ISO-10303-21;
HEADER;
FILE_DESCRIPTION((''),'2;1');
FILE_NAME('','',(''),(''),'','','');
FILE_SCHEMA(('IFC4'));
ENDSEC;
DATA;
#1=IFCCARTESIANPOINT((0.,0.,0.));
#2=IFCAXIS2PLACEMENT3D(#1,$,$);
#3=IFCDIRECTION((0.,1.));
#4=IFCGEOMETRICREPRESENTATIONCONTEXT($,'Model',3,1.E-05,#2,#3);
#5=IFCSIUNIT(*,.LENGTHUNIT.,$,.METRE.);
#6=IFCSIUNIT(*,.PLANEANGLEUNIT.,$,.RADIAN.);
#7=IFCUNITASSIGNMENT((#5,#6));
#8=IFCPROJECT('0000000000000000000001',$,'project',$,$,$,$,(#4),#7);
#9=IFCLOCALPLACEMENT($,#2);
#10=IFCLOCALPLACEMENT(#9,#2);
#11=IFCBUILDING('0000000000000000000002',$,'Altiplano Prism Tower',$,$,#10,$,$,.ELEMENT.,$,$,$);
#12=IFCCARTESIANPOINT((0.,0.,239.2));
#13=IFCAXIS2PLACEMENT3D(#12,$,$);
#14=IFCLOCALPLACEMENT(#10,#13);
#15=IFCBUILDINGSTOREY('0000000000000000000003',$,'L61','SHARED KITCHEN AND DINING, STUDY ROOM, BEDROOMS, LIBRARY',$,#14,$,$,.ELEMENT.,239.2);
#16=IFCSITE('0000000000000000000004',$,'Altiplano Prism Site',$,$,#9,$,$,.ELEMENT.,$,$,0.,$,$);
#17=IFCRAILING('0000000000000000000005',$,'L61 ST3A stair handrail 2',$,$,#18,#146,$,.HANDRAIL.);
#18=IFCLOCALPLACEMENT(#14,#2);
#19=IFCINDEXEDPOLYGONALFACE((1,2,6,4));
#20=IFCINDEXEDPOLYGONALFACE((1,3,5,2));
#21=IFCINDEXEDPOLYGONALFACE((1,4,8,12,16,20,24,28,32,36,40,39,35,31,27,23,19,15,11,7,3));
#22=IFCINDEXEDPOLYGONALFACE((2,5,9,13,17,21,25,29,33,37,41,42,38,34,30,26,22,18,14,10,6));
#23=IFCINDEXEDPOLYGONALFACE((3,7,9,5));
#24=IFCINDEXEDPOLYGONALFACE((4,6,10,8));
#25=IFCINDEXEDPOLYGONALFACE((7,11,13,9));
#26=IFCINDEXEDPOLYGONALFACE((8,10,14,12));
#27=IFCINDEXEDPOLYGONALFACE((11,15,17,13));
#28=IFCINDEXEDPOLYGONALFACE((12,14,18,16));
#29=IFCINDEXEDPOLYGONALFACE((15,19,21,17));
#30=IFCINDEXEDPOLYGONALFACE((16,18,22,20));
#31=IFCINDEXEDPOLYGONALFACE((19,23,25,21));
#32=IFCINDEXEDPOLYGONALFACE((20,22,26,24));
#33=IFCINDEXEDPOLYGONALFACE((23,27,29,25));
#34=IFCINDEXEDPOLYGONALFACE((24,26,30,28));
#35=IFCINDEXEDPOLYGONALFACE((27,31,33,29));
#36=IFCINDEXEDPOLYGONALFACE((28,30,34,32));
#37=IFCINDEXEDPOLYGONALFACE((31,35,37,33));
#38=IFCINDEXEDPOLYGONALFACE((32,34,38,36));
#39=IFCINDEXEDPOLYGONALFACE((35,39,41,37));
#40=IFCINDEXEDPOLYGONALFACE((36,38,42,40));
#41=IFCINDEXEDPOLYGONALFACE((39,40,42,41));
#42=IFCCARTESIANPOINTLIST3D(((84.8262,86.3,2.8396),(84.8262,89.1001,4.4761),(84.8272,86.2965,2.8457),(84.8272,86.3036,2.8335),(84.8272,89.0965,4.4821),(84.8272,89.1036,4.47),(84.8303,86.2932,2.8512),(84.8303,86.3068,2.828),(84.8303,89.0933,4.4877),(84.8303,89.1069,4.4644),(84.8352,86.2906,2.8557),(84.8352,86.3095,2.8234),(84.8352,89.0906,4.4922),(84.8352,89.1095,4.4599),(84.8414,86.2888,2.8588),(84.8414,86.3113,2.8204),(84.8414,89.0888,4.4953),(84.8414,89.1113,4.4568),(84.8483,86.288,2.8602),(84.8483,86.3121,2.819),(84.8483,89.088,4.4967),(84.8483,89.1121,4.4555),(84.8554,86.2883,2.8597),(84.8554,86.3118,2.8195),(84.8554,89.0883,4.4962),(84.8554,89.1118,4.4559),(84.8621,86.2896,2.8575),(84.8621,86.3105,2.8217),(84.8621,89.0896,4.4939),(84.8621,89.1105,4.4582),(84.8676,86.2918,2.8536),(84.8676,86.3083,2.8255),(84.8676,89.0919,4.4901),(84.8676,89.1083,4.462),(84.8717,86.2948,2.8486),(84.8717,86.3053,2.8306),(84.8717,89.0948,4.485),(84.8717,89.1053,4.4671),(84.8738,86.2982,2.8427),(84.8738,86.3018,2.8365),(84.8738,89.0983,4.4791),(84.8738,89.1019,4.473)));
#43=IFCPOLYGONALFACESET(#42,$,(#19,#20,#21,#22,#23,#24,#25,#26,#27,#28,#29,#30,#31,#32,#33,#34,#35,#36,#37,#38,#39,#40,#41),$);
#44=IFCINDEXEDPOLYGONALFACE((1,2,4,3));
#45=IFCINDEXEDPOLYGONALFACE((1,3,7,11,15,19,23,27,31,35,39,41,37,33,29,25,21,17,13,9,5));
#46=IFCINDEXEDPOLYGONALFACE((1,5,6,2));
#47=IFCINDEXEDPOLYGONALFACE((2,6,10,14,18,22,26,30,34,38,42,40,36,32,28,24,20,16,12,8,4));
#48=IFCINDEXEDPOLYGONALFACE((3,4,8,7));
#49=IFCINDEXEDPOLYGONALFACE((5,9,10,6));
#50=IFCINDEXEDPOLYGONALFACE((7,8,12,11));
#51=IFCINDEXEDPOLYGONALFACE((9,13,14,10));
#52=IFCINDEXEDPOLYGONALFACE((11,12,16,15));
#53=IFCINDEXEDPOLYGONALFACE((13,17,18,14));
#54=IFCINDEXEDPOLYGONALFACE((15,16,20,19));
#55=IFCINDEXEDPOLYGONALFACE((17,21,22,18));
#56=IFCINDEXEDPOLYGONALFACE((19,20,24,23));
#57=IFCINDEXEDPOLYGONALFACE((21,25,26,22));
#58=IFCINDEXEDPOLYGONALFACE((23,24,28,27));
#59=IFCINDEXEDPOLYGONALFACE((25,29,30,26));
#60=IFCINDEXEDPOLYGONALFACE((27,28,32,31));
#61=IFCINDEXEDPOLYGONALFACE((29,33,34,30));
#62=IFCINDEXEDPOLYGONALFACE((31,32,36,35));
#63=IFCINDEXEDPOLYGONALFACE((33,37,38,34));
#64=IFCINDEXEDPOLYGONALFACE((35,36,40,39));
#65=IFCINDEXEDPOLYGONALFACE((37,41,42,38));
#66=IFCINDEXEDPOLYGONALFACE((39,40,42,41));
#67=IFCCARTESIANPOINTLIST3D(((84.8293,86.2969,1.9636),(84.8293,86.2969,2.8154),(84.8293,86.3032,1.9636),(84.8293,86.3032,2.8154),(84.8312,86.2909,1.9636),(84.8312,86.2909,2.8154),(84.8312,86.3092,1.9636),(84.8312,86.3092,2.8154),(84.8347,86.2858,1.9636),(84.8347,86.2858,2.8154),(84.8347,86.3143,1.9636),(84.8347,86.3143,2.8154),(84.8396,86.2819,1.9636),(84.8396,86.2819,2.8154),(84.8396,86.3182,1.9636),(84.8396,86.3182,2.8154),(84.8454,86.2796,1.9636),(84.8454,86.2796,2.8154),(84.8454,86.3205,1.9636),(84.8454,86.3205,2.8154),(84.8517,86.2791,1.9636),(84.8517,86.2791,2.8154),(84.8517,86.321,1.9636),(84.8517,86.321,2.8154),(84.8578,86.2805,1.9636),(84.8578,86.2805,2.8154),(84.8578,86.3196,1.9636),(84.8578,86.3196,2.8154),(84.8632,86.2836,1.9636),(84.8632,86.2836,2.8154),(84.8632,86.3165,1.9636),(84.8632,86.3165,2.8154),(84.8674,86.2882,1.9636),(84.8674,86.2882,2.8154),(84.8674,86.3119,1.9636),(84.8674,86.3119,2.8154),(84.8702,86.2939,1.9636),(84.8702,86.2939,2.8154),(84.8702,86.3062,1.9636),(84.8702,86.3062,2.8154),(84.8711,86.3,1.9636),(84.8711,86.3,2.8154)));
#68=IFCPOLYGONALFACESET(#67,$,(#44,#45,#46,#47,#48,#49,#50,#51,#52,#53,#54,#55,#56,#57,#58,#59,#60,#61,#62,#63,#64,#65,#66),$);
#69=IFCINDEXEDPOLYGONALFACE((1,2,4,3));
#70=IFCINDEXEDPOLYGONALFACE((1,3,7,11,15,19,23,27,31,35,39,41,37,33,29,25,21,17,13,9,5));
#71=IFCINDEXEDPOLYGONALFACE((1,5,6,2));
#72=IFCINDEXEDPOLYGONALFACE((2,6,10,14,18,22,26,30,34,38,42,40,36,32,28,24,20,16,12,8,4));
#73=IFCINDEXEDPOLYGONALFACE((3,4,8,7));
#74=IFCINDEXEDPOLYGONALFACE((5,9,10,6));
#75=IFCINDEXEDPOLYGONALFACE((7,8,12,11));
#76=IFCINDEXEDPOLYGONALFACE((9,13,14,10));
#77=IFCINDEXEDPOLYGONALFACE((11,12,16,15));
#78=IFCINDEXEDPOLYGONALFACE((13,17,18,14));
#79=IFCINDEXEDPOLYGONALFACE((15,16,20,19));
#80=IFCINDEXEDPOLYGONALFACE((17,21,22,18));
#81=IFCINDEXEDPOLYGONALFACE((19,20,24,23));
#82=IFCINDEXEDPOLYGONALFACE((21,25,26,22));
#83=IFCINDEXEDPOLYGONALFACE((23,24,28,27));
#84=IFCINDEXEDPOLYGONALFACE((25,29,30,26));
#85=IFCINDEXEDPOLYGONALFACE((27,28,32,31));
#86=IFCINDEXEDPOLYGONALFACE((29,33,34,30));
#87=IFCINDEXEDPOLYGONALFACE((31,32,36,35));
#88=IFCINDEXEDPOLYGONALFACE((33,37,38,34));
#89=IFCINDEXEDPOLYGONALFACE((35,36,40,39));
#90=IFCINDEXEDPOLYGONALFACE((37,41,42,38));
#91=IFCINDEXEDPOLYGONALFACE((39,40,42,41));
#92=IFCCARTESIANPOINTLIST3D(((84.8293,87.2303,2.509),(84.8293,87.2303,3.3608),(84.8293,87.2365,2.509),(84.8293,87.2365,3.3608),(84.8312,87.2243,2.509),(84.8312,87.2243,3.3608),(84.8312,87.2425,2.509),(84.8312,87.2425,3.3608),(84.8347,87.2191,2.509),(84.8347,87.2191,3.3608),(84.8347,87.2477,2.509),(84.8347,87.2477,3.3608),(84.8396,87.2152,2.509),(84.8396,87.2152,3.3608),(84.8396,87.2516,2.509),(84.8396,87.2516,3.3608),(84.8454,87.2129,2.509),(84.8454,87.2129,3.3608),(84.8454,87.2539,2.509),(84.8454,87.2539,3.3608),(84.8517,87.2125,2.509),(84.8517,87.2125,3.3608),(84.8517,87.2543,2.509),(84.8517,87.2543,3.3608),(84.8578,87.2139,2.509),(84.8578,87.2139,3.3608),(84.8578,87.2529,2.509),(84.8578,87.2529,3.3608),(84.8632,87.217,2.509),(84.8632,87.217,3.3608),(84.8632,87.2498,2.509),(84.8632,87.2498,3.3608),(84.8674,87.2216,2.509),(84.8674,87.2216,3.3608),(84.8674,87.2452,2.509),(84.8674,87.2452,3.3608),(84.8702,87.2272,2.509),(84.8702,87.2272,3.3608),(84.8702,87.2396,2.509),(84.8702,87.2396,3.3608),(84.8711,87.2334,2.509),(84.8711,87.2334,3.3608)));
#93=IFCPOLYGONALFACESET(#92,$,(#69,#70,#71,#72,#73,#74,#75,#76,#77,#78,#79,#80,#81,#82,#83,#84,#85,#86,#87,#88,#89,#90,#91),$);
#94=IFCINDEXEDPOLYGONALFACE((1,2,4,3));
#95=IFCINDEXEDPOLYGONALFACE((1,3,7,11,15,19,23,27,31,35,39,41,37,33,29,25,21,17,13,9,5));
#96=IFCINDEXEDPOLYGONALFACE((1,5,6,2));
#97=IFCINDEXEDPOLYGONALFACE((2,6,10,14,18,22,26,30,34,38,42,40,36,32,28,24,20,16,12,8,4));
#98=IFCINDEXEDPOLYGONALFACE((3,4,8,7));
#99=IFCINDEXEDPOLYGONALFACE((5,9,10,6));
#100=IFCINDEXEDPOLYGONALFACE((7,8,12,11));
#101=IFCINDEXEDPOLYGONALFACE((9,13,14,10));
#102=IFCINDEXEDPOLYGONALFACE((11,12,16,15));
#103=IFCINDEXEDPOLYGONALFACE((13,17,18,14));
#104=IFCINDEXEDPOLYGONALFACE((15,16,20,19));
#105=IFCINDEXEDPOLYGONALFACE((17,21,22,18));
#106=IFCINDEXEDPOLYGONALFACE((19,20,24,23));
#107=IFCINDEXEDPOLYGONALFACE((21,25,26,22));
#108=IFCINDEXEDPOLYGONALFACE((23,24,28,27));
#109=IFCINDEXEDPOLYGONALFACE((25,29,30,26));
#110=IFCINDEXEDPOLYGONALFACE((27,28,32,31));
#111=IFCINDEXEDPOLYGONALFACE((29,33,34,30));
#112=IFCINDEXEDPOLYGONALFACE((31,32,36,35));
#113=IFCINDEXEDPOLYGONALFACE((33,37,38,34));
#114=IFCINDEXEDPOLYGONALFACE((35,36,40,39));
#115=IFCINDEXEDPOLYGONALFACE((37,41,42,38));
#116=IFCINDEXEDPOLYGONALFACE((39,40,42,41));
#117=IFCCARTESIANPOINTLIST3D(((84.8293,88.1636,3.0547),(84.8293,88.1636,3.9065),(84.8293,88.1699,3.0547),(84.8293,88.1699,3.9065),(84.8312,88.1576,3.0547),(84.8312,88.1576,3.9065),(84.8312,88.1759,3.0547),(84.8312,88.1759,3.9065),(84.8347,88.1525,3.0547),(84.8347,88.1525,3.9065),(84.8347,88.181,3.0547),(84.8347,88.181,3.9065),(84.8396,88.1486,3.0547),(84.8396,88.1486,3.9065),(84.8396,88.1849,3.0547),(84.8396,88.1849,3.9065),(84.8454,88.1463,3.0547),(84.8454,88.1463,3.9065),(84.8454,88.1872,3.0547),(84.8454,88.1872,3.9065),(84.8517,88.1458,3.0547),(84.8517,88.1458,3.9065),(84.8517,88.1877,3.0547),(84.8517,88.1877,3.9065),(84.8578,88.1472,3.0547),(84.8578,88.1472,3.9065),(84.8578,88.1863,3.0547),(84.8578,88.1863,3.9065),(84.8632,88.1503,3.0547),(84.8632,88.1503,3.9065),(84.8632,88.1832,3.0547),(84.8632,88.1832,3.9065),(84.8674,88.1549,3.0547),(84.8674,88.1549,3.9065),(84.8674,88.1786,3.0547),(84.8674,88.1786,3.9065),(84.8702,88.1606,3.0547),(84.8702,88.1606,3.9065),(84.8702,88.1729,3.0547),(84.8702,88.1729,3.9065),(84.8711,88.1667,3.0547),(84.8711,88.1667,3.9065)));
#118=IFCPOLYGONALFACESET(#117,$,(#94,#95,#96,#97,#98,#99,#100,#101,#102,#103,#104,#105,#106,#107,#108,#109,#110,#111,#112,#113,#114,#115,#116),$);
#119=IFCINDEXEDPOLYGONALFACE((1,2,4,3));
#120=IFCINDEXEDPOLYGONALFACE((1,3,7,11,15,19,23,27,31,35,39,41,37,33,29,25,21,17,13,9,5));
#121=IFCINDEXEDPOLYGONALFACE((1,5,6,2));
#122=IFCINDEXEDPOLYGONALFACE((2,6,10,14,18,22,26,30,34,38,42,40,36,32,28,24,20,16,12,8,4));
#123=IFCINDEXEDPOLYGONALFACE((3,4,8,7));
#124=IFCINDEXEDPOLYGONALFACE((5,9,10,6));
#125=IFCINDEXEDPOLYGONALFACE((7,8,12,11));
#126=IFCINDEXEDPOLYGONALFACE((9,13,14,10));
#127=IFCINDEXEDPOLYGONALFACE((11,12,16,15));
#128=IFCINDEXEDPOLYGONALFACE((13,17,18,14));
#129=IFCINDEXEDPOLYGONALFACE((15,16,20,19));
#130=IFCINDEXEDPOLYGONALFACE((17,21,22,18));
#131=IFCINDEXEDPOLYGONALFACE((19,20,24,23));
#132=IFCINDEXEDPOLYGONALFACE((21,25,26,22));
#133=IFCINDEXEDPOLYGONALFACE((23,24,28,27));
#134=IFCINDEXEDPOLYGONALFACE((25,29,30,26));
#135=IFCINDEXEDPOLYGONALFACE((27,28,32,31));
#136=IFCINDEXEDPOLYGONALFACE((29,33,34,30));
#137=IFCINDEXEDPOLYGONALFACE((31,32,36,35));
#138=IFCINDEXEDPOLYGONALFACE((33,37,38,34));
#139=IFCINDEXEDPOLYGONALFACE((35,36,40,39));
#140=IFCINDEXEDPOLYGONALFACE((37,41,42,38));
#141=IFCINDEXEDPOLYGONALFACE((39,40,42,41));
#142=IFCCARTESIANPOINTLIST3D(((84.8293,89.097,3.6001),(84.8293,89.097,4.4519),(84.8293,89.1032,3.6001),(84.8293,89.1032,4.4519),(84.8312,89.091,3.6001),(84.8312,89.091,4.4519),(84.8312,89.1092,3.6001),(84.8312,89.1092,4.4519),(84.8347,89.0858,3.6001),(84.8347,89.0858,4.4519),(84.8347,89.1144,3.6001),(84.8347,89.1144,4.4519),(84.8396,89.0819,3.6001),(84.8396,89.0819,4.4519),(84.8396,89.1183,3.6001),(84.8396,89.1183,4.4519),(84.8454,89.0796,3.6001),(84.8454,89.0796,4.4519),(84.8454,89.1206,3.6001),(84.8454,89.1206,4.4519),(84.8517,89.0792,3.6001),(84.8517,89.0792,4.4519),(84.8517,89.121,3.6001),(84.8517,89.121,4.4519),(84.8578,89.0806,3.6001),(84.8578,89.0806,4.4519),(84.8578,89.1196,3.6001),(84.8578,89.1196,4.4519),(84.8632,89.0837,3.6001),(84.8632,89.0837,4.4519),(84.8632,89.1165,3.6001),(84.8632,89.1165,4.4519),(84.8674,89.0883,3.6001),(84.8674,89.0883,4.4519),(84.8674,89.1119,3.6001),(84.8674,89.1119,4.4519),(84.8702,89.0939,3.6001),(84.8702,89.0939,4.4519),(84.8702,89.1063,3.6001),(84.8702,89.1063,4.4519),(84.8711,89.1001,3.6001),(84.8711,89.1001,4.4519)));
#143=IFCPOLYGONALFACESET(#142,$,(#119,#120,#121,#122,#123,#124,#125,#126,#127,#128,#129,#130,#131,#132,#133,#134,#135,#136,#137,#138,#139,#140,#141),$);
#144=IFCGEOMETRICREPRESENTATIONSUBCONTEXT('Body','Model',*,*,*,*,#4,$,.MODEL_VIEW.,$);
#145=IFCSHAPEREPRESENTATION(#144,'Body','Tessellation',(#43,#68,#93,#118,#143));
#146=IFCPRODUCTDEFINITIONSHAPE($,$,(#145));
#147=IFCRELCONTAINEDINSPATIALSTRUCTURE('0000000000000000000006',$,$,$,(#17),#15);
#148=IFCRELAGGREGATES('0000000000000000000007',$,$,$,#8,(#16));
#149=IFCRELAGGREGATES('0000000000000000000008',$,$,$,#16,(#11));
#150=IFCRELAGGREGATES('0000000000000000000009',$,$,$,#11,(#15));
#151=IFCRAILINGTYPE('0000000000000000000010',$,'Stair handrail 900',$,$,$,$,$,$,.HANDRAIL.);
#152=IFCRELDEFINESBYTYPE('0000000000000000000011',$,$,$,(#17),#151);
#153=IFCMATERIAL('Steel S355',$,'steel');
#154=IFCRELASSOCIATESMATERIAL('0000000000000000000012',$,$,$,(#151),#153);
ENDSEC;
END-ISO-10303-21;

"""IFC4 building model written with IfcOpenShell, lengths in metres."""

from ifc_helpers import new_model, si_unit, direction, frame, origin, origin_2d, place, context, subcontext, project, spatial, circle, extrude, material, type_object, element, save


model = new_model("IFC4")

# Units and contexts
model_context = context("Model", 3, precision=1e-05, world=origin(), true_north=direction((0.0, 1.0)))
body_context = subcontext(model_context, "Body", "Model", "MODEL_VIEW")
ifc_project = project(units=[si_unit("LENGTHUNIT", "METRE"), si_unit("PLANEANGLEUNIT", "RADIAN")], contexts=[model_context])

# Site, building, storey
site_placement = place(None, origin())
site = spatial("IfcSite", under=ifc_project, at=site_placement, Name="Altiplano Prism Site", CompositionType="ELEMENT", RefElevation=0.0)
building_placement = place(site_placement, origin())
building = spatial("IfcBuilding", under=site, at=building_placement, Name="Altiplano Prism Tower", CompositionType="ELEMENT")
storey_placement = place(building_placement, frame((0.0, 0.0, 239.2)))
storey = spatial("IfcBuildingStorey", under=building, at=storey_placement, Name="L61", Description="SHARED KITCHEN AND DINING, STUDY ROOM, BEDROOMS, LIBRARY", CompositionType="ELEMENT", Elevation=239.2)

# Railing
ifc_material_1 = material(Name="Steel S355", Category="steel")
railing_type = type_object("IfcRailingType", Name="Stair handrail 900", PredefinedType="HANDRAIL", material=ifc_material_1)
for number, where, name in (
    (1, (84.8501, 86.3, 1.9636), "L61 ST3A stair handrail 2"),
):
    element("IfcRailing", number, at=place(storey_placement, frame(where)), inside=storey, type_object=railing_type, Name=name, PredefinedType="HANDRAIL", context=body_context, shape_type="SweptSolid", body=[
        extrude(circle(Radius=0.0239, at=origin_2d()), frame((0.0, 0.0, 0.876), z_axis=(0.0, 0.863361, 0.504587), x_axis=(-1.0, 0.0, 0.0)), (0.0, 0.0, 1.0), 3.2432),
        extrude(circle(Radius=0.021, at=origin_2d()), origin(), (0.0, 0.0, 1.0), 0.8518),
        extrude(circle(Radius=0.021, at=origin_2d()), frame((0.0, 0.9333, 0.5454)), (0.0, 0.0, 1.0), 0.8518),
        extrude(circle(Radius=0.021, at=origin_2d()), frame((0.0, 1.8667, 1.0911)), (0.0, 0.0, 1.0), 0.8518),
        extrude(circle(Radius=0.021, at=origin_2d()), frame((0.0, 2.8, 1.6365)), (0.0, 0.0, 1.0), 0.8518),
    ])

save(model, "model.ifc")
